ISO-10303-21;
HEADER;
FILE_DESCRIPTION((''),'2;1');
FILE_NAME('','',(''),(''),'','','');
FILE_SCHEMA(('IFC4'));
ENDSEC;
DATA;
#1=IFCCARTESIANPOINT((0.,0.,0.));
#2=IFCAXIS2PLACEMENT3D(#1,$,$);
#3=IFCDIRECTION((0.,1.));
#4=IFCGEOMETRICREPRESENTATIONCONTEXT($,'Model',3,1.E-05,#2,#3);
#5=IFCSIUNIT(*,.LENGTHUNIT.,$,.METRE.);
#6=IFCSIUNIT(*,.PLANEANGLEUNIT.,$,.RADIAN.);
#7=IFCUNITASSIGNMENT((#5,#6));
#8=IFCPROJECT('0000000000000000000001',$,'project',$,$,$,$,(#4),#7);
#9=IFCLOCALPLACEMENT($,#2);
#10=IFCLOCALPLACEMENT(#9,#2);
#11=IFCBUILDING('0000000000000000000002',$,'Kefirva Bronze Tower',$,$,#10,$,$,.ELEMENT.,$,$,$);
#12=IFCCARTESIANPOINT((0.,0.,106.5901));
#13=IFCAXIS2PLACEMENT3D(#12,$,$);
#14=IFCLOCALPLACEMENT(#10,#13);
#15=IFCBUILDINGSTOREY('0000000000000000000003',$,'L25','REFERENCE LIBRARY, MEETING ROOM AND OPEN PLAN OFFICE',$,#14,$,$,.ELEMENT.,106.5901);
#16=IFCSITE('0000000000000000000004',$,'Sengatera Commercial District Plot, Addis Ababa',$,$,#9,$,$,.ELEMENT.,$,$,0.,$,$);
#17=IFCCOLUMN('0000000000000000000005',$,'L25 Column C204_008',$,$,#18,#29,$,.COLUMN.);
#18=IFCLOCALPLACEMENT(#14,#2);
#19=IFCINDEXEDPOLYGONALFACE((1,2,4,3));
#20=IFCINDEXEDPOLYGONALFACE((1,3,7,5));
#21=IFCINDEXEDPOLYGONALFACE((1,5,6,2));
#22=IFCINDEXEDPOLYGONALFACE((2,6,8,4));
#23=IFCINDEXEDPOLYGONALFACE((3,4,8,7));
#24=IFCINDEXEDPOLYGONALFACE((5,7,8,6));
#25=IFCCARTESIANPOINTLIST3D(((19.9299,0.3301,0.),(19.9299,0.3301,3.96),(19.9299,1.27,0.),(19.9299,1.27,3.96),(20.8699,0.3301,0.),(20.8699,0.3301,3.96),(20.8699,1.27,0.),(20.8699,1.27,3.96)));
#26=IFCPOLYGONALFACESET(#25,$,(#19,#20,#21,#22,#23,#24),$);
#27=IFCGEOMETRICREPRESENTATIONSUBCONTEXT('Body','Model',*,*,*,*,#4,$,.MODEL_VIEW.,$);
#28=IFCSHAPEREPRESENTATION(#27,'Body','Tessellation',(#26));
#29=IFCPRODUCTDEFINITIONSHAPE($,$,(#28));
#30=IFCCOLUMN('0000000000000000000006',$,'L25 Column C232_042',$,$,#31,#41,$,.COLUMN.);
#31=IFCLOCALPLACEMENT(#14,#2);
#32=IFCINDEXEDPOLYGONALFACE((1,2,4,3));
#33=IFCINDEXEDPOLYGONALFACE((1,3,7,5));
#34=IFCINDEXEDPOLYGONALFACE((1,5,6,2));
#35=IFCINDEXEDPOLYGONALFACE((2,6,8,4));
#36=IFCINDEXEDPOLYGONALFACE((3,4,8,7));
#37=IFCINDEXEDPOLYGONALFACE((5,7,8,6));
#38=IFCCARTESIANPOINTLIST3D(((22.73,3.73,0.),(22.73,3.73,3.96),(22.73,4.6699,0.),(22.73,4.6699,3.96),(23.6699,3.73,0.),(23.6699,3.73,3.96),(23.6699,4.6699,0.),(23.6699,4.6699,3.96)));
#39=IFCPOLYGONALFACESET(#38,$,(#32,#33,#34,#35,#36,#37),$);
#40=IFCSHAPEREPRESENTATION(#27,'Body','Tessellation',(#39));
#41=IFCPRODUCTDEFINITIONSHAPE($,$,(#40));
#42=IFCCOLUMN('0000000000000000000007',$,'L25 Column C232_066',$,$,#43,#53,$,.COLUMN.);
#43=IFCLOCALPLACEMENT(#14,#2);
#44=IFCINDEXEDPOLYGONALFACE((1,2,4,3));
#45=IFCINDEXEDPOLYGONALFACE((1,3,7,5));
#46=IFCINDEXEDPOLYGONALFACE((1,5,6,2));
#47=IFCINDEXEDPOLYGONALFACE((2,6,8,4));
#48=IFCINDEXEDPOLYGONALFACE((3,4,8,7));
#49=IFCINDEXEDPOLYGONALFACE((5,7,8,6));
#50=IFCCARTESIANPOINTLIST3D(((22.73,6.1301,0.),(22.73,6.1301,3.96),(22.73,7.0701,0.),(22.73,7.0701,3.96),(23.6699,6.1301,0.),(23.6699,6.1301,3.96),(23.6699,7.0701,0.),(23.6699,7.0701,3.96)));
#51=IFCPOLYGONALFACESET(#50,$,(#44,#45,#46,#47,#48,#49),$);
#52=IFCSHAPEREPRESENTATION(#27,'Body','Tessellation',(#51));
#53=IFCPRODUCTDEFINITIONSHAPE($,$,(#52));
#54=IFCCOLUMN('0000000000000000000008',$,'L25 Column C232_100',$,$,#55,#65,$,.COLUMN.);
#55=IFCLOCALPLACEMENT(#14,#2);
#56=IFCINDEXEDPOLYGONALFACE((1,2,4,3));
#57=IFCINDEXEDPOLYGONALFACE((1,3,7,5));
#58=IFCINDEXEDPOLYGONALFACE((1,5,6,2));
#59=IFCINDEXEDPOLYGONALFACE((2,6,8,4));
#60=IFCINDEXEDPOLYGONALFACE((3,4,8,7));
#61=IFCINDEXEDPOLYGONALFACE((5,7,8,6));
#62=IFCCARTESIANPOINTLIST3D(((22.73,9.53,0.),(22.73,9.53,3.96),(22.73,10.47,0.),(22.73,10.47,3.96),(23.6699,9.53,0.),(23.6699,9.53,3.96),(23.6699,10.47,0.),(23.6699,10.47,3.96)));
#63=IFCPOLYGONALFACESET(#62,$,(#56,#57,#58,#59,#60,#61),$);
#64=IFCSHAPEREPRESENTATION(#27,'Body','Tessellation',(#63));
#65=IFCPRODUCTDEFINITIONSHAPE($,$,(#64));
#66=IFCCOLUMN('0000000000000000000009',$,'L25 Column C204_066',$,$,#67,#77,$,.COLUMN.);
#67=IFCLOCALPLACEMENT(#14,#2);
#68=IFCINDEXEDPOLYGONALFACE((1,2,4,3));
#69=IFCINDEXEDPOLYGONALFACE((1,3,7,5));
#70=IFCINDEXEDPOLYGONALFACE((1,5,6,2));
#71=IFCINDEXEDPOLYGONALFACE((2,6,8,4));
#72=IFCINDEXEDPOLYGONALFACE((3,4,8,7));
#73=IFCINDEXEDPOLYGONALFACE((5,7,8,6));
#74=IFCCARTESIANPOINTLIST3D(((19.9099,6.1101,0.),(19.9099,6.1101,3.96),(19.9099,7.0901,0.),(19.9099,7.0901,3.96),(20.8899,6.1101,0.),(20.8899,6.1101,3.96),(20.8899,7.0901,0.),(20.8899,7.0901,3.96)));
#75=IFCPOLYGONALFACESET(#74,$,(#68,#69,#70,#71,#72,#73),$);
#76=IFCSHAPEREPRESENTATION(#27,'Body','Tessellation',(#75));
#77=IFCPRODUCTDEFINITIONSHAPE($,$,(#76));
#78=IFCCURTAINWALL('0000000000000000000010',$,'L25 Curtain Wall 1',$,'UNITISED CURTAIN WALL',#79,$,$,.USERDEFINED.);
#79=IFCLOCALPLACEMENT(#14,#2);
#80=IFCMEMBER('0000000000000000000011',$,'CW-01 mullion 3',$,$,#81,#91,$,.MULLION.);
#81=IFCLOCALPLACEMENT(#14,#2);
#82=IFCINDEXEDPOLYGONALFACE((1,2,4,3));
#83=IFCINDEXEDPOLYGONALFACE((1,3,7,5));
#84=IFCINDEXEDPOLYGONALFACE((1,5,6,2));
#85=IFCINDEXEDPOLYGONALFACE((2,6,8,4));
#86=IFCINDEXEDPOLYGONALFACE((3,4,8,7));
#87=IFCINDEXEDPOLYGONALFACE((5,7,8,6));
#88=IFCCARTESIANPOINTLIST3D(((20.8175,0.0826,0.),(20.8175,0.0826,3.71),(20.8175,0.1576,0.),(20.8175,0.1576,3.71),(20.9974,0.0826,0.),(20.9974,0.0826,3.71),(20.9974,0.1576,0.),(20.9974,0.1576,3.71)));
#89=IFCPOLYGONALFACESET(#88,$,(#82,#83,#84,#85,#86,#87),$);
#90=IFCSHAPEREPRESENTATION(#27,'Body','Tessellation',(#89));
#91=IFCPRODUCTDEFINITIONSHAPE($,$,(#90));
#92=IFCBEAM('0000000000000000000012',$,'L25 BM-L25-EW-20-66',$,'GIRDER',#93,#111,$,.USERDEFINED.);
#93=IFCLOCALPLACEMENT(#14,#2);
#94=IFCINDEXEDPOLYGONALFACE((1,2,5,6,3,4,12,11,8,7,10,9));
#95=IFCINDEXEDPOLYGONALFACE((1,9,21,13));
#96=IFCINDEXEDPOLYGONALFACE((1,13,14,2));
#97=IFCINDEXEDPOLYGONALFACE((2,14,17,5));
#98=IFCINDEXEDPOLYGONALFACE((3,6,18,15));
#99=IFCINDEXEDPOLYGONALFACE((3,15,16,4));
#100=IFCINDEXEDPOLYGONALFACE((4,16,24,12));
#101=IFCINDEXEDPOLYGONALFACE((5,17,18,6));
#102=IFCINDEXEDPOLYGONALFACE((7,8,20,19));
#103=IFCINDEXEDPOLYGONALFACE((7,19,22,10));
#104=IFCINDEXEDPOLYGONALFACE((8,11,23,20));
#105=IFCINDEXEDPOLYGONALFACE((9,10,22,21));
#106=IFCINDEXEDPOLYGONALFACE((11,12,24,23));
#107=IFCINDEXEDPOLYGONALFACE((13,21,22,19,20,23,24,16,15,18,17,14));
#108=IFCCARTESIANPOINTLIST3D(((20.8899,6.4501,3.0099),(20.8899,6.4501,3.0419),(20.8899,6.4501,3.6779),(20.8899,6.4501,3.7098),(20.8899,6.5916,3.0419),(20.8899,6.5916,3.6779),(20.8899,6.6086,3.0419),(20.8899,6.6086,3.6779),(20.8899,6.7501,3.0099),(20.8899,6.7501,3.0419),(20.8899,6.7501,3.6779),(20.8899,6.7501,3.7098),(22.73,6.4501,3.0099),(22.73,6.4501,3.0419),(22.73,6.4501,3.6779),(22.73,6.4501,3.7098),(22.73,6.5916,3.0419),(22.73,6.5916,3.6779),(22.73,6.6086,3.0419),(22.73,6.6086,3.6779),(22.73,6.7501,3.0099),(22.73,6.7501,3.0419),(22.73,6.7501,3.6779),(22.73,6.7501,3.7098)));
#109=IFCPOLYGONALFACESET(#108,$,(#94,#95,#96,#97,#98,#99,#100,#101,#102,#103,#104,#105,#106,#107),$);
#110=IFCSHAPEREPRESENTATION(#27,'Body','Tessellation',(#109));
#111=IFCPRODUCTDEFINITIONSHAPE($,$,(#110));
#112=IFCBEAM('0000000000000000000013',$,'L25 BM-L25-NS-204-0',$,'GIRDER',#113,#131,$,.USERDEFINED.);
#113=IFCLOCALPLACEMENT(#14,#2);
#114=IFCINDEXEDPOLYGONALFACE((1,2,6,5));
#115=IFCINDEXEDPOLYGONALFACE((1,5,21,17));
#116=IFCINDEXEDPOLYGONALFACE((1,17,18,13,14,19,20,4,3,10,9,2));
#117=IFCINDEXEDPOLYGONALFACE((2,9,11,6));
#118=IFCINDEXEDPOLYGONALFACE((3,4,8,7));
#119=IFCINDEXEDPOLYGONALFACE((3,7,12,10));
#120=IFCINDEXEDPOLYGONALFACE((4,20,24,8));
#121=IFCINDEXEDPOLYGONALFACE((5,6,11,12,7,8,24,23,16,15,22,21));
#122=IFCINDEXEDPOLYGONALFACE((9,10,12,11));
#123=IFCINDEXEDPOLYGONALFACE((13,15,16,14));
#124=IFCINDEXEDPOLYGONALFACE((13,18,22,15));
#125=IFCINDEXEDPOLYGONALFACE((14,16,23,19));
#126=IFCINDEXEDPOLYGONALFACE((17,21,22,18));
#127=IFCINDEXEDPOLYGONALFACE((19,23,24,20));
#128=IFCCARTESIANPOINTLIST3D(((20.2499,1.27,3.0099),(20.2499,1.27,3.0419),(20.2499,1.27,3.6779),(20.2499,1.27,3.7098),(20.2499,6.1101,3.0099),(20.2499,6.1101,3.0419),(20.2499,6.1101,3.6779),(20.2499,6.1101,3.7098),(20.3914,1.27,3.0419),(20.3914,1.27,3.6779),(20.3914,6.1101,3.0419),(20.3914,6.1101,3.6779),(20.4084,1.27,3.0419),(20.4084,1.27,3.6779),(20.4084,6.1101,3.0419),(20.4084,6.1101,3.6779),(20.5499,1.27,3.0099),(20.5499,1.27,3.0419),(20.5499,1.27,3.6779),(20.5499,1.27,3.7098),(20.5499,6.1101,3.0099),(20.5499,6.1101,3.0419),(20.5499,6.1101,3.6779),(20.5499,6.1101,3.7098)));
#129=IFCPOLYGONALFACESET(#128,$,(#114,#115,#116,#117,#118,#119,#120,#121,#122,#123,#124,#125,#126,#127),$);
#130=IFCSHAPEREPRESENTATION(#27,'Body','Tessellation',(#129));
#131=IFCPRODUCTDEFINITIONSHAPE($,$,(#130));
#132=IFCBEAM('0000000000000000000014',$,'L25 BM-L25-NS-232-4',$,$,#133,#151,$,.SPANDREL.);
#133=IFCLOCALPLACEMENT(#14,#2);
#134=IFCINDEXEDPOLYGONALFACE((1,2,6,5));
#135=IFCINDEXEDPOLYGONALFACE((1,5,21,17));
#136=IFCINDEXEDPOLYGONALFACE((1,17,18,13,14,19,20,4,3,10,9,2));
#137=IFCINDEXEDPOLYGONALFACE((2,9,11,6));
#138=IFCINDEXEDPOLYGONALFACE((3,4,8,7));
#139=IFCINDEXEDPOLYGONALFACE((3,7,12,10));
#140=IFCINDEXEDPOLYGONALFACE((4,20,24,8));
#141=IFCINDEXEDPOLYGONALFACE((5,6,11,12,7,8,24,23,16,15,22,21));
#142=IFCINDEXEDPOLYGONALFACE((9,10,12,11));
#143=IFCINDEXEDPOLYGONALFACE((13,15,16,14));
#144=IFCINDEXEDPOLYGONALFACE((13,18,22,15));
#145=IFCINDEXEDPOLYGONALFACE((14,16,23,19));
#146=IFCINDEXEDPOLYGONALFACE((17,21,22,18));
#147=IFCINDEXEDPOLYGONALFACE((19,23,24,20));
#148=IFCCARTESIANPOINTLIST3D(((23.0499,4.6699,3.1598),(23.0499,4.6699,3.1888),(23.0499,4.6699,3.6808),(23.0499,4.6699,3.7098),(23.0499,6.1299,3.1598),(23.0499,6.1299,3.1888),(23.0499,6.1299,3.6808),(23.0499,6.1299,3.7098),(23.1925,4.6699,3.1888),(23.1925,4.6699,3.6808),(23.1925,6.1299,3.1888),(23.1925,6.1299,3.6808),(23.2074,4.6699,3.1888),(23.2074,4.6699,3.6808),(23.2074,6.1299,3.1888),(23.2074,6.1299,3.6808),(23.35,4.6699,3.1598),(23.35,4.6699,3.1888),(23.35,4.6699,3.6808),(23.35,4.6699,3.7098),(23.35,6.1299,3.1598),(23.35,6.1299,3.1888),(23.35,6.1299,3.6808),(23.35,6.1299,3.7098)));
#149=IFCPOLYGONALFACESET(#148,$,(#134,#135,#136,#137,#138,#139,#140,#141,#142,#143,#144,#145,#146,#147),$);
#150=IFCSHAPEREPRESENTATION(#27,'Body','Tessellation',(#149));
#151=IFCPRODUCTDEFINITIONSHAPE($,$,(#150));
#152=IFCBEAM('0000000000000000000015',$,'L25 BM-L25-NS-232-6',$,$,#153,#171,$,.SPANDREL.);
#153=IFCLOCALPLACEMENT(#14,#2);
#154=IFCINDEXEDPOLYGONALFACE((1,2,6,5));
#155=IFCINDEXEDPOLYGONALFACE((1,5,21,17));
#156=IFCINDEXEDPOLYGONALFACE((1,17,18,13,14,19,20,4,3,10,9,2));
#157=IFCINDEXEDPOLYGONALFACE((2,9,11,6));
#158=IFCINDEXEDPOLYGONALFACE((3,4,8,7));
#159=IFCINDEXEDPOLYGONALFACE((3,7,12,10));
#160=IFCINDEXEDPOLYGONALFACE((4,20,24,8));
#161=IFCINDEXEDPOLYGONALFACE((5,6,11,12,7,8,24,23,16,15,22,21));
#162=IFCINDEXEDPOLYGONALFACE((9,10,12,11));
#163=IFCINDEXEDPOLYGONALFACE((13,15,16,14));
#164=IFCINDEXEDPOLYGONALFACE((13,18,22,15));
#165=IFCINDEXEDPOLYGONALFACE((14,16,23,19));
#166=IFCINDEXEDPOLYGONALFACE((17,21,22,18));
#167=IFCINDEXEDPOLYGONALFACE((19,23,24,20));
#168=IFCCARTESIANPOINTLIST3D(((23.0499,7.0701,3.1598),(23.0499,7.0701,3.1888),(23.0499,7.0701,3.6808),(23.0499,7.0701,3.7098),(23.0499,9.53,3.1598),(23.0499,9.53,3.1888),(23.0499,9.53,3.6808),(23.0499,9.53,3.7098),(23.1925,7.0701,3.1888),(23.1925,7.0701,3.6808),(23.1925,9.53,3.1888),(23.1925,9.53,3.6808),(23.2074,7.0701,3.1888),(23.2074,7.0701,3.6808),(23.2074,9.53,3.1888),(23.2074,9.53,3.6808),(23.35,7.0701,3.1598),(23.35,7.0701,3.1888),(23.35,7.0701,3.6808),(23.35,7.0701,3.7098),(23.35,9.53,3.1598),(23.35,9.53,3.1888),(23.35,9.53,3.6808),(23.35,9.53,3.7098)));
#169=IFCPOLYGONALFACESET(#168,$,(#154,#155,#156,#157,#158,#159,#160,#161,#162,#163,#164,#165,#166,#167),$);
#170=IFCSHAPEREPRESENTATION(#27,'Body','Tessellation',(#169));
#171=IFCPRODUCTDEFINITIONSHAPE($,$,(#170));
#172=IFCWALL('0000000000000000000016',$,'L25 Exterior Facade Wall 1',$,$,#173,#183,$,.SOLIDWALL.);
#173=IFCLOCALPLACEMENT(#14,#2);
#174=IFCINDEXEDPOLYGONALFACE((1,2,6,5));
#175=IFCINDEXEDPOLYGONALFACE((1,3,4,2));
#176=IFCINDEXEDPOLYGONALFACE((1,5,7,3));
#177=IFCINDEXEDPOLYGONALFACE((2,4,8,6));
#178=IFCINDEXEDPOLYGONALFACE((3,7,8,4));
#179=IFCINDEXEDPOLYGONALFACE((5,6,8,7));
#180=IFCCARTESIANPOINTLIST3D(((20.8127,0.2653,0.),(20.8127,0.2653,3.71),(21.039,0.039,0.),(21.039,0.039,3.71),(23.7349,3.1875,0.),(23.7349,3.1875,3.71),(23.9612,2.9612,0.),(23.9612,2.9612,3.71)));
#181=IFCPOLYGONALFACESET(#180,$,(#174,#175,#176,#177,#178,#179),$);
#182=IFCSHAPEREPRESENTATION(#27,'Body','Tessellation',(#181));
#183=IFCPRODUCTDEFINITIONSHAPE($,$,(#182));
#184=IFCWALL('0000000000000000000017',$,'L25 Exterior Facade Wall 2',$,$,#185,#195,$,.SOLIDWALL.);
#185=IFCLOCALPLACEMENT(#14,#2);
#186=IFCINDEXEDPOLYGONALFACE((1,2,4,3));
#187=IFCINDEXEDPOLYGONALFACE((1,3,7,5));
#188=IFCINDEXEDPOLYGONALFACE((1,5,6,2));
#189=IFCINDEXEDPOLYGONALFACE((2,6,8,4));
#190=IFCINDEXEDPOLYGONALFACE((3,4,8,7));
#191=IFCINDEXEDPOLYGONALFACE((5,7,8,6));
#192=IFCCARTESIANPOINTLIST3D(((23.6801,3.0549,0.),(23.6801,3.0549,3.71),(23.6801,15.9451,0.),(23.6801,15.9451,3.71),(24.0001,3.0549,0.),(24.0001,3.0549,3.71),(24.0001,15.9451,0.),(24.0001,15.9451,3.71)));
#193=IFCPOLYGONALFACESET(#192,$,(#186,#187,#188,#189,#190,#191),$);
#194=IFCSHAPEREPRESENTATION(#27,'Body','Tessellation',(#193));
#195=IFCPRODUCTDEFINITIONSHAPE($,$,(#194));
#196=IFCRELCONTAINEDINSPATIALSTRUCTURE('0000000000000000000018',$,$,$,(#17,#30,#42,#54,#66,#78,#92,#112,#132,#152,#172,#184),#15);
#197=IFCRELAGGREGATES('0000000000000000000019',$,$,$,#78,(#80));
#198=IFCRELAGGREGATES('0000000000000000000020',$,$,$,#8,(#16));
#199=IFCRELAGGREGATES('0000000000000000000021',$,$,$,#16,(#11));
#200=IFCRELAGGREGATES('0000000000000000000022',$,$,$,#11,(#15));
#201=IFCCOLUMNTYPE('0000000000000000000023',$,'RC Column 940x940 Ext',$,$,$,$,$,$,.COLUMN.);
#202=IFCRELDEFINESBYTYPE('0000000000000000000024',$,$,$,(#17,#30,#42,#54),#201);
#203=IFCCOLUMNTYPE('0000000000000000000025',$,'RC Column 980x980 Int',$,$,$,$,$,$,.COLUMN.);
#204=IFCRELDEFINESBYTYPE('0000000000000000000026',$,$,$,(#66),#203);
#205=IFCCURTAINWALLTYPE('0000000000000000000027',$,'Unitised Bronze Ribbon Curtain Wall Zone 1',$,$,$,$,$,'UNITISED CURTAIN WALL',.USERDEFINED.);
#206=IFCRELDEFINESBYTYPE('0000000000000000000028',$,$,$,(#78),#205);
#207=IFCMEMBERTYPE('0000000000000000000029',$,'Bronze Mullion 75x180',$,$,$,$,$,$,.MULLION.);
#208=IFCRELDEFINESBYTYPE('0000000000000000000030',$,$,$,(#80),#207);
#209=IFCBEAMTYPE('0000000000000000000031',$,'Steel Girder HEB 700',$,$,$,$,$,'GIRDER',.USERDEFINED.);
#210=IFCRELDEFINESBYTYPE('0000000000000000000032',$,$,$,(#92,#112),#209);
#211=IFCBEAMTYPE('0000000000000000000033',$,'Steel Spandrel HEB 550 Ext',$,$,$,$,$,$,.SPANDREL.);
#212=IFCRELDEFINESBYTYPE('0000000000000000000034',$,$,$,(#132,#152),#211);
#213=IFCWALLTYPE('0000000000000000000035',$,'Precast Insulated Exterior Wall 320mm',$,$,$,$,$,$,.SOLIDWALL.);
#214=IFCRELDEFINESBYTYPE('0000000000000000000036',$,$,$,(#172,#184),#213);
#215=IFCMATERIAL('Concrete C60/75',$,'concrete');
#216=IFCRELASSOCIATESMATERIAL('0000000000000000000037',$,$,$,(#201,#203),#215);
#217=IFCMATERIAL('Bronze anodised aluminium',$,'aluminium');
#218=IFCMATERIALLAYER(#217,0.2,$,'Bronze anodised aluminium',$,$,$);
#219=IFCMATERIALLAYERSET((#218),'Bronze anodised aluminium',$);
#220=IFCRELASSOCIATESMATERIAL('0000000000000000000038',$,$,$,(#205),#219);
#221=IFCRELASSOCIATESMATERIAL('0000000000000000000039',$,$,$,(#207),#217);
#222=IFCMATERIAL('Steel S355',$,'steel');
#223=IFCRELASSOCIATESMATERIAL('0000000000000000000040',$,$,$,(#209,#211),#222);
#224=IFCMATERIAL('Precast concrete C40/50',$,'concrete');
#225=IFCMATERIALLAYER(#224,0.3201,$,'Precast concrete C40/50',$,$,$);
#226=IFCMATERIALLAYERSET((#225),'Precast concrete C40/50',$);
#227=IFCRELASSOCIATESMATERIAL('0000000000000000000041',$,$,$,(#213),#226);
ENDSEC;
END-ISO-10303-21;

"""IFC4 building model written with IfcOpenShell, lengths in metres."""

from ifc_helpers import new_model, si_unit, direction, frame, frame_2d, origin, origin_2d, place, context, subcontext, project, spatial, rectangle, i_section, extrude, material, layer, layer_set, material_profile, profile_set, type_object, element, aggregate, save


model = new_model("IFC4")

# Units and contexts
model_context = context("Model", 3, precision=1e-05, world=origin(), true_north=direction((0.0, 1.0)))
body_context = subcontext(model_context, "Body", "Model", "MODEL_VIEW")
ifc_project = project(units=[si_unit("LENGTHUNIT", "METRE"), si_unit("PLANEANGLEUNIT", "RADIAN")], contexts=[model_context])

# Site, building, storey
site_placement = place(None, origin())
site = spatial("IfcSite", under=ifc_project, at=site_placement, Name="Sengatera Commercial District Plot, Addis Ababa", CompositionType="ELEMENT", RefElevation=0.0)
building_placement = place(site_placement, origin())
building = spatial("IfcBuilding", under=site, at=building_placement, Name="Kefirva Bronze Tower", CompositionType="ELEMENT")
storey_placement = place(building_placement, frame((0.0, 0.0, 106.5901)))
storey = spatial("IfcBuildingStorey", under=building, at=storey_placement, Name="L25", Description="REFERENCE LIBRARY, MEETING ROOM AND OPEN PLAN OFFICE", CompositionType="ELEMENT", Elevation=106.5901)

# Columns
ifc_material_1 = material(Name="Concrete C60/75", Category="concrete")
ifc_material_profile_1 = material_profile(ifc_material_1, rectangle(XDim=0.9399, YDim=0.9399, at=origin_2d()), Name="RC 940x940")
ifc_profile_set_1 = profile_set([ifc_material_profile_1], Name="Concrete C60/75")
column_type_1 = type_object("IfcColumnType", Name="RC Column 940x940 Ext", PredefinedType="COLUMN", material=ifc_profile_set_1)
for number, where, z_axis, x_axis, name in (
    (1, (20.3999, 0.8, 0.0), (0.0, 0.0, 1.0), (1.0, 0.0, 0.0), "L25 Column C204_008"),
    (2, (23.2, 4.2, 0.0), (0.0, 0.0, 1.0), (1.0, 0.0, 0.0), "L25 Column C232_042"),
    (3, (23.2, 6.6001, 0.0), (0.0, 0.0, 1.0), (1.0, 0.0, 0.0), "L25 Column C232_066"),
    (4, (23.2, 10.0, 0.0), (0.0, 0.0, 1.0), (1.0, 0.0, 0.0), "L25 Column C232_100"),
):
    element("IfcColumn", number, at=place(storey_placement, frame(where, z_axis=z_axis, x_axis=x_axis)), inside=storey, type_object=column_type_1, Name=name, PredefinedType="COLUMN", context=body_context, shape_type="SweptSolid", body=[
        extrude(rectangle(XDim=0.9399, YDim=0.9399, at=origin_2d()), origin(), (0.0, 0.0, 1.0), 3.96),
    ])
ifc_material_profile_2 = material_profile(ifc_material_1, rectangle(XDim=0.98, YDim=0.98, at=origin_2d()), Name="RC 980x980")
ifc_profile_set_2 = profile_set([ifc_material_profile_2], Name="Concrete C60/75")
column_type_2 = type_object("IfcColumnType", Name="RC Column 980x980 Int", PredefinedType="COLUMN", material=ifc_profile_set_2)
column_placement = place(storey_placement, frame((20.3999, 6.6001, 0.0), z_axis=(0.0, 0.0, 1.0), x_axis=(1.0, 0.0, 0.0)))
element("IfcColumn", 5, at=column_placement, inside=storey, type_object=column_type_2, Name="L25 Column C204_066", PredefinedType="COLUMN", context=body_context, shape_type="SweptSolid", body=[
    extrude(rectangle(XDim=0.98, YDim=0.98, at=origin_2d()), origin(), (0.0, 0.0, 1.0), 3.96),
])

# Curtain wall, member
ifc_material_2 = material(Name="Bronze anodised aluminium", Category="aluminium")
ifc_layer_1 = layer(ifc_material_2, 0.2, Name="Bronze anodised aluminium")
ifc_layer_set_1 = layer_set([ifc_layer_1], Name="Bronze anodised aluminium")
curtain_wall_type = type_object("IfcCurtainWallType", Name="Unitised Bronze Ribbon Curtain Wall Zone 1", ElementType="UNITISED CURTAIN WALL", PredefinedType="USERDEFINED", material=ifc_layer_set_1)
curtain_wall_placement = place(storey_placement, origin())
curtain_wall = element("IfcCurtainWall", 6, at=curtain_wall_placement, inside=storey, type_object=curtain_wall_type, Name="L25 Curtain Wall 1", ObjectType="UNITISED CURTAIN WALL", PredefinedType="USERDEFINED")
ifc_material_profile_3 = material_profile(ifc_material_2, rectangle(XDim=0.075, YDim=0.1799, at=origin_2d()), Name="ALU 75x180")
ifc_profile_set_3 = profile_set([ifc_material_profile_3], Name="Bronze anodised aluminium")
member_type = type_object("IfcMemberType", Name="Bronze Mullion 75x180", PredefinedType="MULLION", material=ifc_profile_set_3)
member_placement = place(storey_placement, frame((20.9075, 0.1201, 0.0), z_axis=(0.0, 0.0, 1.0), x_axis=(0.0, 1.0, 0.0)))
member = element("IfcMember", 7, at=member_placement, type_object=member_type, Name="CW-01 mullion 3", PredefinedType="MULLION", context=body_context, shape_type="SweptSolid", body=[
    extrude(rectangle(XDim=0.075, YDim=0.1799, at=origin_2d()), origin(), (0.0, 0.0, 1.0), 3.71),
])
aggregate(curtain_wall, [member])

# Beams
ifc_material_3 = material(Name="Steel S355", Category="steel")
ifc_material_profile_4 = material_profile(ifc_material_3, i_section(OverallWidth=0.3, OverallDepth=0.7, WebThickness=0.0171, FlangeThickness=0.032, at=origin_2d()), Name="HEB 700")
ifc_profile_set_4 = profile_set([ifc_material_profile_4], Name="Steel S355")
beam_type_1 = type_object("IfcBeamType", Name="Steel Girder HEB 700", ElementType="GIRDER", PredefinedType="USERDEFINED", material=ifc_profile_set_4)
beam_1_placement = place(storey_placement, frame((20.8899, 6.6001, 3.3599), z_axis=(1.0, 0.0, 0.0), x_axis=(0.0, 1.0, 0.0)))
element("IfcBeam", 8, at=beam_1_placement, inside=storey, type_object=beam_type_1, Name="L25 BM-L25-EW-20-66", ObjectType="GIRDER", PredefinedType="USERDEFINED", context=body_context, shape_type="SweptSolid", body=[
    extrude(i_section(OverallWidth=0.3, OverallDepth=0.7, WebThickness=0.0171, FlangeThickness=0.032, at=origin_2d()), origin(), (0.0, 0.0, 1.0), 1.8401),
])
beam_2_placement = place(storey_placement, frame((20.3999, 1.27, 3.3599), z_axis=(0.0, 1.0, 0.0), x_axis=(-1.0, 0.0, 0.0)))
element("IfcBeam", 9, at=beam_2_placement, inside=storey, type_object=beam_type_1, Name="L25 BM-L25-NS-204-0", ObjectType="GIRDER", PredefinedType="USERDEFINED", context=body_context, shape_type="SweptSolid", body=[
    extrude(i_section(OverallWidth=0.3, OverallDepth=0.7, WebThickness=0.0171, FlangeThickness=0.032, at=origin_2d()), origin(), (0.0, 0.0, 1.0), 4.8401),
])
ifc_material_profile_5 = material_profile(ifc_material_3, i_section(OverallWidth=0.3, OverallDepth=0.55, WebThickness=0.0149, FlangeThickness=0.0291, at=origin_2d()), Name="HEB 550")
ifc_profile_set_5 = profile_set([ifc_material_profile_5], Name="Steel S355")
beam_type_2 = type_object("IfcBeamType", Name="Steel Spandrel HEB 550 Ext", PredefinedType="SPANDREL", material=ifc_profile_set_5)
beam_3_placement = place(storey_placement, frame((23.2, 4.6699, 3.4348), z_axis=(0.0, 1.0, 0.0), x_axis=(-1.0, 0.0, 0.0)))
element("IfcBeam", 10, at=beam_3_placement, inside=storey, type_object=beam_type_2, Name="L25 BM-L25-NS-232-4", PredefinedType="SPANDREL", context=body_context, shape_type="SweptSolid", body=[
    extrude(i_section(OverallWidth=0.3, OverallDepth=0.55, WebThickness=0.0149, FlangeThickness=0.0291, at=origin_2d()), origin(), (0.0, 0.0, 1.0), 1.46),
])
beam_4_placement = place(storey_placement, frame((23.2, 7.0701, 3.4348), z_axis=(0.0, 1.0, 0.0), x_axis=(-1.0, 0.0, 0.0)))
element("IfcBeam", 11, at=beam_4_placement, inside=storey, type_object=beam_type_2, Name="L25 BM-L25-NS-232-6", PredefinedType="SPANDREL", context=body_context, shape_type="SweptSolid", body=[
    extrude(i_section(OverallWidth=0.3, OverallDepth=0.55, WebThickness=0.0149, FlangeThickness=0.0291, at=origin_2d()), origin(), (0.0, 0.0, 1.0), 2.46),
])

# Walls
ifc_material_4 = material(Name="Precast concrete C40/50", Category="concrete")
ifc_layer_2 = layer(ifc_material_4, 0.3201, Name="Precast concrete C40/50")
ifc_layer_set_2 = layer_set([ifc_layer_2], Name="Precast concrete C40/50")
wall_type_1 = type_object("IfcWallType", Name="Precast Insulated Exterior Wall 320mm", PredefinedType="SOLIDWALL", material=ifc_layer_set_2)
wall_1_placement = place(storey_placement, frame((20.9258, 0.1521, 0.0), z_axis=(0.0, 0.0, 1.0), x_axis=(0.707107, 0.707107, 0.0)))
element("IfcWall", 12, at=wall_1_placement, inside=storey, type_object=wall_type_1, Name="L25 Exterior Facade Wall 1", PredefinedType="SOLIDWALL", context=body_context, shape_type="SweptSolid", body=[
    extrude(rectangle(XDim=4.1326, YDim=0.3201, at=frame_2d((2.0664, 0.0))), origin(), (0.0, 0.0, 1.0), 3.71),
])
wall_2_placement = place(storey_placement, frame((23.8401, 3.0549, 0.0), z_axis=(0.0, 0.0, 1.0), x_axis=(0.0, 1.0, 0.0)))
element("IfcWall", 13, at=wall_2_placement, inside=storey, type_object=wall_type_1, Name="L25 Exterior Facade Wall 2", PredefinedType="SOLIDWALL", context=body_context, shape_type="SweptSolid", body=[
    extrude(rectangle(XDim=12.8901, YDim=0.3201, at=frame_2d((6.4451, 0.0))), origin(), (0.0, 0.0, 1.0), 3.71),
])

save(model, "model.ifc")
